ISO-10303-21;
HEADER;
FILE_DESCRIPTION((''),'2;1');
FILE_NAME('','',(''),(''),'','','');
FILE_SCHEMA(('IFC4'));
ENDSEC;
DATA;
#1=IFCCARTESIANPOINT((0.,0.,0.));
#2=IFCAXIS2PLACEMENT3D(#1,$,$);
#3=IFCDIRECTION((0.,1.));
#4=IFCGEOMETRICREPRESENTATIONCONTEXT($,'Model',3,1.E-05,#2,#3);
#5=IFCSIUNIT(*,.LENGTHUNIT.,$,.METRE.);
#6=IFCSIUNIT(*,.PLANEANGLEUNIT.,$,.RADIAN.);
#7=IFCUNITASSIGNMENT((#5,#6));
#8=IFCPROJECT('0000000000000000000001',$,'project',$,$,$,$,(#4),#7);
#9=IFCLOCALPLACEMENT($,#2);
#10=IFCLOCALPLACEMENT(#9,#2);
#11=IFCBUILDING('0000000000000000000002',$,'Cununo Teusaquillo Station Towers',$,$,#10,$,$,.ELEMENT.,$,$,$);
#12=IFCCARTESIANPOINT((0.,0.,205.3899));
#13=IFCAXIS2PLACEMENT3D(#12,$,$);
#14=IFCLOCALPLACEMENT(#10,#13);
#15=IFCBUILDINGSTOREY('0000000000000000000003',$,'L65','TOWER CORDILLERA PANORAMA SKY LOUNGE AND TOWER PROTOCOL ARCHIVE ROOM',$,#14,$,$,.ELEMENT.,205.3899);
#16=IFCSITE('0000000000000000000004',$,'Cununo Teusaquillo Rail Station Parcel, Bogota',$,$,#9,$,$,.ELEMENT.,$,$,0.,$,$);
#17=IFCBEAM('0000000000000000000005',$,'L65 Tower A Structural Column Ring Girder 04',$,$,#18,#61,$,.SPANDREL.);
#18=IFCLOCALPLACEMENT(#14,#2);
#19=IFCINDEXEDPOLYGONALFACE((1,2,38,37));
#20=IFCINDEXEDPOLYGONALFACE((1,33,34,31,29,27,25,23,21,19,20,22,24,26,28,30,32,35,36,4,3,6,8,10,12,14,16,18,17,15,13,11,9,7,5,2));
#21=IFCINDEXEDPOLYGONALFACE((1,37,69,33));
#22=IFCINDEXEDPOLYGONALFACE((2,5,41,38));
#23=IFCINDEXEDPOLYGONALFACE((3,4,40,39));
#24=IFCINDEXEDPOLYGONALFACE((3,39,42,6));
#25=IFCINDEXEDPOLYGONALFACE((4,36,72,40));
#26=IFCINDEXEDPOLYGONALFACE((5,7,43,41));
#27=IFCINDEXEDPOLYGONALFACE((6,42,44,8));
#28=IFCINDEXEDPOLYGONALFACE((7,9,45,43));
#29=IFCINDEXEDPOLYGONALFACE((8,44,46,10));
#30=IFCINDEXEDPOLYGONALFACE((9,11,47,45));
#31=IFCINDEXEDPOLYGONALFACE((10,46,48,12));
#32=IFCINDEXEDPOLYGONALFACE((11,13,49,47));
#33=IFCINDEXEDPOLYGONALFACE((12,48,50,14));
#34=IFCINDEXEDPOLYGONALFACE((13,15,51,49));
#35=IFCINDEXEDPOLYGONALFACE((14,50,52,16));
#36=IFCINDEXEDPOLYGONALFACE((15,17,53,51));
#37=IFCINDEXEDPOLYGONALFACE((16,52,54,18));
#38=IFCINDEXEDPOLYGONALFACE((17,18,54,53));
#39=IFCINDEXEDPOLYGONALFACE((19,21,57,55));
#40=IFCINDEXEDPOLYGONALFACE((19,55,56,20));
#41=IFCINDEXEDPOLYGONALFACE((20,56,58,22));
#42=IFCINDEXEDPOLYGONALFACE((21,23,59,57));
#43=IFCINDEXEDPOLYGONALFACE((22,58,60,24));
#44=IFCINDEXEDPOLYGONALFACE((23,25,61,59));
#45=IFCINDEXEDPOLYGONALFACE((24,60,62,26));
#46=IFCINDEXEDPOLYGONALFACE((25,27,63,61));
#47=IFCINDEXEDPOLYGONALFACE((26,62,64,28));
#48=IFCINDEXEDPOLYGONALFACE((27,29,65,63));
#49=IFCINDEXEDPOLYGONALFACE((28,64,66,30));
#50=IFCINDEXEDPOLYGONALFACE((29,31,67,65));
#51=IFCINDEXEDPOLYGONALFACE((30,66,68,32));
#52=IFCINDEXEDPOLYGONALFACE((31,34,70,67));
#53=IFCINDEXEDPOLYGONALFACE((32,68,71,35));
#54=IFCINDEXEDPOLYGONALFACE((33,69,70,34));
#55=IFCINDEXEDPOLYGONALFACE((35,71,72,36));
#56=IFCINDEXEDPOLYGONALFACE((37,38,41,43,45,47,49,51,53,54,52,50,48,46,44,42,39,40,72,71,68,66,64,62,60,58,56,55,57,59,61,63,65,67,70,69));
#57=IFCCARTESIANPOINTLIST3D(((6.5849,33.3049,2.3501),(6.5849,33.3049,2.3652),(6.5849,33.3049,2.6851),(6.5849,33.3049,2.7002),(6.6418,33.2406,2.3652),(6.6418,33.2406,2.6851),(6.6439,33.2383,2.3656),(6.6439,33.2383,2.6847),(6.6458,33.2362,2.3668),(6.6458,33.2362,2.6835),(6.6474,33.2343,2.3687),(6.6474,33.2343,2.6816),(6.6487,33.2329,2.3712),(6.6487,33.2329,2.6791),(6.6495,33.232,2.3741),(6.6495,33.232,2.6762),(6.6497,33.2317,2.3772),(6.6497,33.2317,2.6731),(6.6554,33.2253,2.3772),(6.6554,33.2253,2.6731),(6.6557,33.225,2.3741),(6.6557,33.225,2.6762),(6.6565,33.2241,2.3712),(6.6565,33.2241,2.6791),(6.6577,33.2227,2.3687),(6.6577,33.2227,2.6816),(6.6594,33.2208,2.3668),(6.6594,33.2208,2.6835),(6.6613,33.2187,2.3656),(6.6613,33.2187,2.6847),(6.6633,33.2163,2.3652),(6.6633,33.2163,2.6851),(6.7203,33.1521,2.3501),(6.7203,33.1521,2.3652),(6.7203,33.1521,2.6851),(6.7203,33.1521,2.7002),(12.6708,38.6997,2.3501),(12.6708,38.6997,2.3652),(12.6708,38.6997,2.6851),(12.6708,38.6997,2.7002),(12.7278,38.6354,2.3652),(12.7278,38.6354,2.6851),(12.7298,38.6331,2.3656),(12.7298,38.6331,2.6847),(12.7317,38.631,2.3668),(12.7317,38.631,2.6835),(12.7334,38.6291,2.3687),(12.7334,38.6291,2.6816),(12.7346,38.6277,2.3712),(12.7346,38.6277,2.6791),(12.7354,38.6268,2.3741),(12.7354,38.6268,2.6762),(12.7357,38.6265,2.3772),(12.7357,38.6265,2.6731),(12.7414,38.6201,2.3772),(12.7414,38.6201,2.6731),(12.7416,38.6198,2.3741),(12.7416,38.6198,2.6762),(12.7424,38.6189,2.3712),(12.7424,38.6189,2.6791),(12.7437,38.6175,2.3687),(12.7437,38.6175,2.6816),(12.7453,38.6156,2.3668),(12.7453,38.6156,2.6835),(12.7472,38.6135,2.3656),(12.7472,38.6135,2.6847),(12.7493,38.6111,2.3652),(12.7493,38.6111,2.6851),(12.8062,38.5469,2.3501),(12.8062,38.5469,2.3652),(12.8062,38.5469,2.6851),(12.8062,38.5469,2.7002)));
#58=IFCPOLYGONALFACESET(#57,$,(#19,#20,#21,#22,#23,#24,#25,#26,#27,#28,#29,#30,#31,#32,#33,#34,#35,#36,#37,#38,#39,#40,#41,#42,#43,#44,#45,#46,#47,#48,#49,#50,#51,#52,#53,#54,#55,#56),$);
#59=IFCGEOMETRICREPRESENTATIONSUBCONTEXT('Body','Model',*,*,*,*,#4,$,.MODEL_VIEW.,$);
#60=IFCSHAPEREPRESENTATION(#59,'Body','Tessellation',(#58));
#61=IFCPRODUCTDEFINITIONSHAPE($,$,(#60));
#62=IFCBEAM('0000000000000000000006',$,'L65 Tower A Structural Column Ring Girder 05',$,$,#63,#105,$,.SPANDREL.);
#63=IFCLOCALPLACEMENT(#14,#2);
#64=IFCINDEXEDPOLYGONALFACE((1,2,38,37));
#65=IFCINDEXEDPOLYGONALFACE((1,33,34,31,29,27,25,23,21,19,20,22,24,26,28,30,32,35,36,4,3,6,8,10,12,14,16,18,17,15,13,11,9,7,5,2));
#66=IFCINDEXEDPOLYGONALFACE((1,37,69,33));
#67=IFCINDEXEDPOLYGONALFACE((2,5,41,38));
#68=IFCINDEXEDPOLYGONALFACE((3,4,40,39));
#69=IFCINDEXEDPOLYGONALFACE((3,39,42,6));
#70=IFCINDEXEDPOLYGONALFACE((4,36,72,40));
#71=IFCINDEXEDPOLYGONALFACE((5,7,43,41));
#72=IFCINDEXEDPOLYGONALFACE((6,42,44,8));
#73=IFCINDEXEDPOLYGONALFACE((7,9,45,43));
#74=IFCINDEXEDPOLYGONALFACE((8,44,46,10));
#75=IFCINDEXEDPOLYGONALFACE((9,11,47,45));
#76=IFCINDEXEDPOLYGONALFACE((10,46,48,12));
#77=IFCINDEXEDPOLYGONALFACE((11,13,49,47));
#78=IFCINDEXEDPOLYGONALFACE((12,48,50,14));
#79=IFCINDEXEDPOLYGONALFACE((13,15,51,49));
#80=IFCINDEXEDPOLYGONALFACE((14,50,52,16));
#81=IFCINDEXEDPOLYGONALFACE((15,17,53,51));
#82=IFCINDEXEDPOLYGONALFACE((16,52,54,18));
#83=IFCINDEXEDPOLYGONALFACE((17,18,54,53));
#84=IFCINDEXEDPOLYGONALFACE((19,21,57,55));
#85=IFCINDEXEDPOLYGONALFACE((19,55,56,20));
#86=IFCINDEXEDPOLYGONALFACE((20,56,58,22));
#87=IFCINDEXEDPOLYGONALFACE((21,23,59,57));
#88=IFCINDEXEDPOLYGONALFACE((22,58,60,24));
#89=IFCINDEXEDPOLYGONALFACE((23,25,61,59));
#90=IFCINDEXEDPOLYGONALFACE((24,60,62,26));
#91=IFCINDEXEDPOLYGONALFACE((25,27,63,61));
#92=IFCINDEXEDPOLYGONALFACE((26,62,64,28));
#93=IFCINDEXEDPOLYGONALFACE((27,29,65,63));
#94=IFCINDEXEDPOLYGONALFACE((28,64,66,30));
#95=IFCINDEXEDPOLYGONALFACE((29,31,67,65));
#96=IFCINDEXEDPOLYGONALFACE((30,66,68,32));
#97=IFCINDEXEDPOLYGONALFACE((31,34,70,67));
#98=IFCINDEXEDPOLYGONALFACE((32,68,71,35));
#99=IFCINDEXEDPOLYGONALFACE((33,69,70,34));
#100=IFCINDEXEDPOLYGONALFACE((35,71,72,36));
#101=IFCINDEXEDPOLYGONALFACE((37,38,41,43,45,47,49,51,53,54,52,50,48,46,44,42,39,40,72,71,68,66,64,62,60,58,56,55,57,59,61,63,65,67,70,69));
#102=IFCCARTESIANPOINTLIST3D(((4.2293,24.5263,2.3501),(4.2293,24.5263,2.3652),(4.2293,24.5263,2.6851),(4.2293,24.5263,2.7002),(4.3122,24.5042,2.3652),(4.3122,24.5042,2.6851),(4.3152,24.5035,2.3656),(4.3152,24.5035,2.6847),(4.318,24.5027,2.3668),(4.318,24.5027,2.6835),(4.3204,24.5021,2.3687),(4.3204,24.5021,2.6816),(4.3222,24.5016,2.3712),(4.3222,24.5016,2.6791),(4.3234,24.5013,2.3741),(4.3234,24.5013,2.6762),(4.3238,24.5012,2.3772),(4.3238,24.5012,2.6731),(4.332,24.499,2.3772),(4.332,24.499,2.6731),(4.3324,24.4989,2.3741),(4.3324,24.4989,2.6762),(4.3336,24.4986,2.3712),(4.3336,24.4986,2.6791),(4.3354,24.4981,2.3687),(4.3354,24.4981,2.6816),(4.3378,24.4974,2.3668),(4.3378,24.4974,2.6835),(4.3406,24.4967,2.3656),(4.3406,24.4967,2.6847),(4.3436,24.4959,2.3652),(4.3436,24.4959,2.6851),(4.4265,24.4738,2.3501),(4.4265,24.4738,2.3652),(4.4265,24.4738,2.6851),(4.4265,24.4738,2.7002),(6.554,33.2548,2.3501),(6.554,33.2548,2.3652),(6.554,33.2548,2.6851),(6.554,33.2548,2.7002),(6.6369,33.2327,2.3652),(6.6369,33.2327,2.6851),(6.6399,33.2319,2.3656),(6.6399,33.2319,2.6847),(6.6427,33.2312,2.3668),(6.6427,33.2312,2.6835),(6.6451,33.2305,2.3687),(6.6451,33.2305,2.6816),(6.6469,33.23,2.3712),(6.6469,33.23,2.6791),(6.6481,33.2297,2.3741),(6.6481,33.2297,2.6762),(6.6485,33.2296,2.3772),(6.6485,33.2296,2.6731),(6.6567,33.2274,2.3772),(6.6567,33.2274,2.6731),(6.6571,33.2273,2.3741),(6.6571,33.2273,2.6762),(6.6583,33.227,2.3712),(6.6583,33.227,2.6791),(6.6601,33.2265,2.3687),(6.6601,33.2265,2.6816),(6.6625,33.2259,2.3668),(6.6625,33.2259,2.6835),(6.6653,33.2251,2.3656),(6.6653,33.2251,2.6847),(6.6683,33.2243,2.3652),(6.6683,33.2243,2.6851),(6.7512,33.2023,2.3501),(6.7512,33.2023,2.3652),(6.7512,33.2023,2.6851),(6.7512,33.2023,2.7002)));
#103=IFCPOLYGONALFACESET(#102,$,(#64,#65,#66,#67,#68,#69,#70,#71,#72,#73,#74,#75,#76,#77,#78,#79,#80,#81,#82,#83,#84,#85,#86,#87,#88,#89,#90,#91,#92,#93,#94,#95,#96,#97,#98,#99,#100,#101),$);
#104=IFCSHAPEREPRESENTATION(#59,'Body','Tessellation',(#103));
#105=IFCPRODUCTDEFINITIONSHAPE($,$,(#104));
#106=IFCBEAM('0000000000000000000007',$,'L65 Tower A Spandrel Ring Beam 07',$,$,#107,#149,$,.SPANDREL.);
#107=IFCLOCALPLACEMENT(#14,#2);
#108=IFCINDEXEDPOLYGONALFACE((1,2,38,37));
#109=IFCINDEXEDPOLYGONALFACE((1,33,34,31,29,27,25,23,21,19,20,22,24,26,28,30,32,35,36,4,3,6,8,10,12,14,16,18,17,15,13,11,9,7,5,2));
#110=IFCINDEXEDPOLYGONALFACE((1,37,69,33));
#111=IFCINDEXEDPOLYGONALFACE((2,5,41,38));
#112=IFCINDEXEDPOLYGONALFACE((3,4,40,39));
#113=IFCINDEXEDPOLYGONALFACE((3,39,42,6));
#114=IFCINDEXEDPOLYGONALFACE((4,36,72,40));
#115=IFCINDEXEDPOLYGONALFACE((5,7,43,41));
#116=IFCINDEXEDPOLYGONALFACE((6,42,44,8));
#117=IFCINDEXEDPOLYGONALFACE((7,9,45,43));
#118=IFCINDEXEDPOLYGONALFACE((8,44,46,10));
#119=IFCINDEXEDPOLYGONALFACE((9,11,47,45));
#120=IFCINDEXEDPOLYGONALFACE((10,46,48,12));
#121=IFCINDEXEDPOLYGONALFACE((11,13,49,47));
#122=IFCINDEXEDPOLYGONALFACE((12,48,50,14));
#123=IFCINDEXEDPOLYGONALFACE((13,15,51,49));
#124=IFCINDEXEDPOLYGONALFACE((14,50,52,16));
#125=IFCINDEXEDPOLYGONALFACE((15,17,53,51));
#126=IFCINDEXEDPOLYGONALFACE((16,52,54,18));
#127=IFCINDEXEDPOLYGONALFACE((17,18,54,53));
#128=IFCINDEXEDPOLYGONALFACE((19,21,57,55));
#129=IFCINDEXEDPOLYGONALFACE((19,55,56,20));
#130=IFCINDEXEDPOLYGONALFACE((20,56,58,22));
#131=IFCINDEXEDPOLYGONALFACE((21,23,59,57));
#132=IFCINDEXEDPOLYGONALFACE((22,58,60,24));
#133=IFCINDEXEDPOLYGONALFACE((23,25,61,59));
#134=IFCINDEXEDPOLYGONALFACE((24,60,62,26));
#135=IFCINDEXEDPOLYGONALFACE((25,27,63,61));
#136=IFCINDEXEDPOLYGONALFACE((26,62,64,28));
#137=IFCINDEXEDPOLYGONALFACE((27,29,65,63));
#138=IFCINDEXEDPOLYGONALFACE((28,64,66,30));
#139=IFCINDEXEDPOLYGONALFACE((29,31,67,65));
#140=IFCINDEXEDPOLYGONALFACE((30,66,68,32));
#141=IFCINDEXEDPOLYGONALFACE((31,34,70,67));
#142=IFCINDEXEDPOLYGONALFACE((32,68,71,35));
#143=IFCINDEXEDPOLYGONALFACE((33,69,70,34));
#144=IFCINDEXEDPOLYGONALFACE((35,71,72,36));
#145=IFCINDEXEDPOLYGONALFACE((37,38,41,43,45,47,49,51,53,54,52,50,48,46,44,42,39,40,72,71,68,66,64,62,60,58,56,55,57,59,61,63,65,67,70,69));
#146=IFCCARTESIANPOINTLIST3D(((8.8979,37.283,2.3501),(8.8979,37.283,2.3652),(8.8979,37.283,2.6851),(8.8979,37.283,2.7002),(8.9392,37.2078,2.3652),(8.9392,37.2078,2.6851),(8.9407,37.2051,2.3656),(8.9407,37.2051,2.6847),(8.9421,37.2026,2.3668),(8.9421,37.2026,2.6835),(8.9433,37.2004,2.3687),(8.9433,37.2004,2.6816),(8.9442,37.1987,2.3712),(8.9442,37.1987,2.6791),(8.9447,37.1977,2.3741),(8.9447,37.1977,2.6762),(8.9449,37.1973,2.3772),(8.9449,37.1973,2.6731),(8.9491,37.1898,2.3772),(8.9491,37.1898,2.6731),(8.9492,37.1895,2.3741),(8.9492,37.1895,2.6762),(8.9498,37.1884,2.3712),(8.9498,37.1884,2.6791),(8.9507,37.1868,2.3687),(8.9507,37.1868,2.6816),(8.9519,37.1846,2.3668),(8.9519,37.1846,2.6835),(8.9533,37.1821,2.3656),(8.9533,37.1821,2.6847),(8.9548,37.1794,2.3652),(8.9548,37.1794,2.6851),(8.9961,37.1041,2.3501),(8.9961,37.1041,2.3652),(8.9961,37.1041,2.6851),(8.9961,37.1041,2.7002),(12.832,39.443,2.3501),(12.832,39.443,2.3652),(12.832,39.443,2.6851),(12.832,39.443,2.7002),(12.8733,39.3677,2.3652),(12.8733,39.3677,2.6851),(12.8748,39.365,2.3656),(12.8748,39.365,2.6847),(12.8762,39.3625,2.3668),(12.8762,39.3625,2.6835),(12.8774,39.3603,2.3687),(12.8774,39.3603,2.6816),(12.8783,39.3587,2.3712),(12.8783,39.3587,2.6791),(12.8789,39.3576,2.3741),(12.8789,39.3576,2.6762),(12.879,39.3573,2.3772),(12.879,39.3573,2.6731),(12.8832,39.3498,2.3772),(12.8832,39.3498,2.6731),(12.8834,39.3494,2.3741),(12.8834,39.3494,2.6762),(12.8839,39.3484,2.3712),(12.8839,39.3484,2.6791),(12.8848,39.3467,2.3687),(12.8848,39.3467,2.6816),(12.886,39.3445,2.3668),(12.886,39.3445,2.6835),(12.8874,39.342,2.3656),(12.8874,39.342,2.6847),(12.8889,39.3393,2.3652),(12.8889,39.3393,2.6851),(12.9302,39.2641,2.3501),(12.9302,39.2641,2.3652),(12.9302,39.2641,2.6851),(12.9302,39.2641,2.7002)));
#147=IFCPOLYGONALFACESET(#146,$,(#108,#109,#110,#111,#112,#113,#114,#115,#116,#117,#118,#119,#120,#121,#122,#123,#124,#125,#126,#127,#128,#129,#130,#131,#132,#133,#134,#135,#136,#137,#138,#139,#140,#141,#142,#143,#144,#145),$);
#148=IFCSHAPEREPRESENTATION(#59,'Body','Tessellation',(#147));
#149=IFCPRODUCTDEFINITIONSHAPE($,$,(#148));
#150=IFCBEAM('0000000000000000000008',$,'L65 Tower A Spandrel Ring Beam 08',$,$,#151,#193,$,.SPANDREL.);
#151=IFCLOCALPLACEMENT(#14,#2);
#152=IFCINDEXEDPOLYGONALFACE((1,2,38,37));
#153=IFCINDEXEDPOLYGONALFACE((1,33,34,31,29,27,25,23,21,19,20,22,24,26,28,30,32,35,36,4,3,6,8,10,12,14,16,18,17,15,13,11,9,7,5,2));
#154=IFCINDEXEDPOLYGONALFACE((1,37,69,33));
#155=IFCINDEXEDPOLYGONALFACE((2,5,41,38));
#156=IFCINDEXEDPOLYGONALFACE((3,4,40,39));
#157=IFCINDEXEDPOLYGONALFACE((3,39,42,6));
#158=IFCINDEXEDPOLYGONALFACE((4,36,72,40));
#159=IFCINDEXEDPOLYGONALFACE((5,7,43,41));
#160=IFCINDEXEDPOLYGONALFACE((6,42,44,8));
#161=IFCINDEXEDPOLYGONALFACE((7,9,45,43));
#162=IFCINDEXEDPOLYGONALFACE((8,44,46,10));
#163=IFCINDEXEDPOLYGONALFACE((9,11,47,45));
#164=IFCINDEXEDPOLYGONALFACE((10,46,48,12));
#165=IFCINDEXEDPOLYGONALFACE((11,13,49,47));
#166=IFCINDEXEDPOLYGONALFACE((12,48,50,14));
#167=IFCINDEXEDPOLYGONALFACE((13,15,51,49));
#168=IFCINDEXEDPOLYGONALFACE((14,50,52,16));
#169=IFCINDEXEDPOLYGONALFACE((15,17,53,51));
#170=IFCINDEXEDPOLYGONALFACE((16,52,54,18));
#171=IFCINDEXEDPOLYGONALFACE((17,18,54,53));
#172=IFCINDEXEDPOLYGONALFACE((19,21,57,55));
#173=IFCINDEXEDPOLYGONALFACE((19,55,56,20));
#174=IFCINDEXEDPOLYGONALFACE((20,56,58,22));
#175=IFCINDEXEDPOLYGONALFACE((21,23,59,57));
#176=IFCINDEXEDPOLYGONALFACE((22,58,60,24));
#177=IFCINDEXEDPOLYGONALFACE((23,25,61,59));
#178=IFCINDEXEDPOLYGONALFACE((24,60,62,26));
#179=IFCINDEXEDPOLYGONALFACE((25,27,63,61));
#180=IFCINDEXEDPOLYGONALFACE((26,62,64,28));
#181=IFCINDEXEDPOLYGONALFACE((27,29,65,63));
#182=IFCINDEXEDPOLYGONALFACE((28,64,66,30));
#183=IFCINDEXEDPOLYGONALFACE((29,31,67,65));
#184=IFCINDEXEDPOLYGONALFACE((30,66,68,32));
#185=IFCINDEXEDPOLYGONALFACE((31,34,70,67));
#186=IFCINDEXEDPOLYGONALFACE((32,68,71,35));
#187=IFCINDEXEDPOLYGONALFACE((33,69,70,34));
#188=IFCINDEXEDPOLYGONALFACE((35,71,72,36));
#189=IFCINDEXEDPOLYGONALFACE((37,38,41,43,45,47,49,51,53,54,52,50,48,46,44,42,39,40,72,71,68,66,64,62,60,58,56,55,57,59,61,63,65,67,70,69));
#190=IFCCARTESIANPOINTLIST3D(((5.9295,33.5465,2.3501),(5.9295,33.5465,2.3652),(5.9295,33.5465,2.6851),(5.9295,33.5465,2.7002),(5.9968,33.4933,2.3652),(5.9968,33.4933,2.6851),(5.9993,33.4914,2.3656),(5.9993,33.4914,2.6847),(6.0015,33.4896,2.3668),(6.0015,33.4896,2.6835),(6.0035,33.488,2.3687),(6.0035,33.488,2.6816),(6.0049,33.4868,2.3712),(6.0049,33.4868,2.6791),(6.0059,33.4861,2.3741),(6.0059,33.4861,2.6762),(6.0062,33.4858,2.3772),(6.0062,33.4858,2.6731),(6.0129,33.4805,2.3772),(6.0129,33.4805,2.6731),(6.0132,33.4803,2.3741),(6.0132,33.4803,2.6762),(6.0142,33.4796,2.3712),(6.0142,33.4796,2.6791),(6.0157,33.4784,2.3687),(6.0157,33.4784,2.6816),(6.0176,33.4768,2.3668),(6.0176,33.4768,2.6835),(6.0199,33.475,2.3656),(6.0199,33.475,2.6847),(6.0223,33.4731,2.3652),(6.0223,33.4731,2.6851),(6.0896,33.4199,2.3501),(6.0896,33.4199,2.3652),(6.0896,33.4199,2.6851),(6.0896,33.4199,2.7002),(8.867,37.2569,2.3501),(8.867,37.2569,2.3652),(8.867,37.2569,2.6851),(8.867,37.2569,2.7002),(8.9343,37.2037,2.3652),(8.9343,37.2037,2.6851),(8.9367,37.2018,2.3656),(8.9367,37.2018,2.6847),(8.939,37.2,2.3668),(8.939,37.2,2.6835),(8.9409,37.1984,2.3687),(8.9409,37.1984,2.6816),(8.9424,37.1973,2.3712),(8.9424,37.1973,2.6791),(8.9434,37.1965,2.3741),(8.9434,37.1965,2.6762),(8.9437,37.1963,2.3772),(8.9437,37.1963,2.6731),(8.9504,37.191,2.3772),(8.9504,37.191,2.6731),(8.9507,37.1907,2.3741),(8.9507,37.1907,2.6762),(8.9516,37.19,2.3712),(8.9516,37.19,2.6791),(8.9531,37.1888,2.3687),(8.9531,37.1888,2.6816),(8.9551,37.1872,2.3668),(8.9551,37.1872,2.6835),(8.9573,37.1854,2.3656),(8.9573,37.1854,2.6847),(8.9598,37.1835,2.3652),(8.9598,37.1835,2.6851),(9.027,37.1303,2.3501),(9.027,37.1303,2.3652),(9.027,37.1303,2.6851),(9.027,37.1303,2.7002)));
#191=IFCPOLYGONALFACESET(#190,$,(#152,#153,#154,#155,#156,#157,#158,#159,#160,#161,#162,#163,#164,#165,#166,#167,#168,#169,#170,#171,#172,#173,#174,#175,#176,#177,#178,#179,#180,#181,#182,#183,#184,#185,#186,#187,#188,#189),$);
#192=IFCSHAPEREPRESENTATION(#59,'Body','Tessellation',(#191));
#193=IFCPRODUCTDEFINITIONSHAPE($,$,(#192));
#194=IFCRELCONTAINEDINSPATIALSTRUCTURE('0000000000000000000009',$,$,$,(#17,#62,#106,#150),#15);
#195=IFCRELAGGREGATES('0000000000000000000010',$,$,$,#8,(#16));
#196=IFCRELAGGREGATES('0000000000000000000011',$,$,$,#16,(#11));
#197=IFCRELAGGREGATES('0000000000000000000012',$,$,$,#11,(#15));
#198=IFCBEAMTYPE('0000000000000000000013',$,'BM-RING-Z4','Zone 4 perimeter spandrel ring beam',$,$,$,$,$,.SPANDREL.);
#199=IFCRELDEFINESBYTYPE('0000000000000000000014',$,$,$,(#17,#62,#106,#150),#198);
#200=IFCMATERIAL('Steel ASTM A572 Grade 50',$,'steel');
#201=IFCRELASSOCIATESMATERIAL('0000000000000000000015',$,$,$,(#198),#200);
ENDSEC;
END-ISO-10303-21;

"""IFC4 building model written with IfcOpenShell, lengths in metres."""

from ifc_helpers import new_model, si_unit, direction, frame, origin, origin_2d, place, context, subcontext, project, spatial, i_section, extrude, material, material_profile, profile_set, type_object, element, save


model = new_model("IFC4")

# Units and contexts
model_context = context("Model", 3, precision=1e-05, world=origin(), true_north=direction((0.0, 1.0)))
body_context = subcontext(model_context, "Body", "Model", "MODEL_VIEW")
ifc_project = project(units=[si_unit("LENGTHUNIT", "METRE"), si_unit("PLANEANGLEUNIT", "RADIAN")], contexts=[model_context])

# Site, building, storey
site_placement = place(None, origin())
site = spatial("IfcSite", under=ifc_project, at=site_placement, Name="Cununo Teusaquillo Rail Station Parcel, Bogota", CompositionType="ELEMENT", RefElevation=0.0)
building_placement = place(site_placement, origin())
building = spatial("IfcBuilding", under=site, at=building_placement, Name="Cununo Teusaquillo Station Towers", CompositionType="ELEMENT")
storey_placement = place(building_placement, frame((0.0, 0.0, 205.3899)))
storey = spatial("IfcBuildingStorey", under=building, at=storey_placement, Name="L65", Description="TOWER CORDILLERA PANORAMA SKY LOUNGE AND TOWER PROTOCOL ARCHIVE ROOM", CompositionType="ELEMENT", Elevation=205.3899)

# Beams
ifc_material_1 = material(Name="Steel ASTM A572 Grade 50", Category="steel")
ifc_material_profile_1 = material_profile(ifc_material_1, i_section(OverallWidth=0.2041, OverallDepth=0.3501, WebThickness=0.0085, FlangeThickness=0.0151, FilletRadius=0.012, at=origin_2d()), Name="W14X48")
ifc_profile_set_1 = profile_set([ifc_material_profile_1], Name="Steel ASTM A572 Grade 50")
beam_type_1 = type_object("IfcBeamType", Name="BM-RING-Z4", Description="Zone 4 perimeter spandrel ring beam", PredefinedType="SPANDREL", material=ifc_profile_set_1)
beam_1_placement = place(storey_placement, frame((12.7385, 38.6233, 2.5251), z_axis=(-0.748321, -0.663337, 0.0), x_axis=(0.663337, -0.748321, 0.0)))
element("IfcBeam", 1, at=beam_1_placement, inside=storey, type_object=beam_type_1, Name="L65 Tower A Structural Column Ring Girder 04", PredefinedType="SPANDREL", context=body_context, shape_type="SweptSolid", body=[
    extrude(i_section(OverallWidth=0.2041, OverallDepth=0.3501, WebThickness=0.0085, FlangeThickness=0.0151, FilletRadius=0.012, at=origin_2d()), origin(), (0.0, 0.0, 1.0), 8.1328),
])
beam_2_placement = place(storey_placement, frame((6.6526, 33.2285, 2.5251), z_axis=(-0.257363, -0.966315, 0.0), x_axis=(0.966315, -0.257363, 0.0)))
element("IfcBeam", 2, at=beam_2_placement, inside=storey, type_object=beam_type_1, Name="L65 Tower A Structural Column Ring Girder 05", PredefinedType="SPANDREL", context=body_context, shape_type="SweptSolid", body=[
    extrude(i_section(OverallWidth=0.2041, OverallDepth=0.3501, WebThickness=0.0085, FlangeThickness=0.0151, FilletRadius=0.012, at=origin_2d()), origin(), (0.0, 0.0, 1.0), 9.0327),
])
beam_3_placement = place(storey_placement, frame((12.8811, 39.3535, 2.5251), z_axis=(-0.876576, -0.481263, 0.0), x_axis=(0.481263, -0.876576, 0.0)))
element("IfcBeam", 3, at=beam_3_placement, inside=storey, type_object=beam_type_1, Name="L65 Tower A Spandrel Ring Beam 07", PredefinedType="SPANDREL", context=body_context, shape_type="SweptSolid", body=[
    extrude(i_section(OverallWidth=0.2041, OverallDepth=0.3501, WebThickness=0.0085, FlangeThickness=0.0151, FilletRadius=0.012, at=origin_2d()), origin(), (0.0, 0.0, 1.0), 4.488),
])
beam_4_placement = place(storey_placement, frame((8.947, 37.1936, 2.5251), z_axis=(-0.620711, -0.78404, 0.0), x_axis=(0.78404, -0.620711, 0.0)))
element("IfcBeam", 4, at=beam_4_placement, inside=storey, type_object=beam_type_1, Name="L65 Tower A Spandrel Ring Beam 08", PredefinedType="SPANDREL", context=body_context, shape_type="SweptSolid", body=[
    extrude(i_section(OverallWidth=0.2041, OverallDepth=0.3501, WebThickness=0.0085, FlangeThickness=0.0151, FilletRadius=0.012, at=origin_2d()), origin(), (0.0, 0.0, 1.0), 4.7324),
])

save(model, "model.ifc")
